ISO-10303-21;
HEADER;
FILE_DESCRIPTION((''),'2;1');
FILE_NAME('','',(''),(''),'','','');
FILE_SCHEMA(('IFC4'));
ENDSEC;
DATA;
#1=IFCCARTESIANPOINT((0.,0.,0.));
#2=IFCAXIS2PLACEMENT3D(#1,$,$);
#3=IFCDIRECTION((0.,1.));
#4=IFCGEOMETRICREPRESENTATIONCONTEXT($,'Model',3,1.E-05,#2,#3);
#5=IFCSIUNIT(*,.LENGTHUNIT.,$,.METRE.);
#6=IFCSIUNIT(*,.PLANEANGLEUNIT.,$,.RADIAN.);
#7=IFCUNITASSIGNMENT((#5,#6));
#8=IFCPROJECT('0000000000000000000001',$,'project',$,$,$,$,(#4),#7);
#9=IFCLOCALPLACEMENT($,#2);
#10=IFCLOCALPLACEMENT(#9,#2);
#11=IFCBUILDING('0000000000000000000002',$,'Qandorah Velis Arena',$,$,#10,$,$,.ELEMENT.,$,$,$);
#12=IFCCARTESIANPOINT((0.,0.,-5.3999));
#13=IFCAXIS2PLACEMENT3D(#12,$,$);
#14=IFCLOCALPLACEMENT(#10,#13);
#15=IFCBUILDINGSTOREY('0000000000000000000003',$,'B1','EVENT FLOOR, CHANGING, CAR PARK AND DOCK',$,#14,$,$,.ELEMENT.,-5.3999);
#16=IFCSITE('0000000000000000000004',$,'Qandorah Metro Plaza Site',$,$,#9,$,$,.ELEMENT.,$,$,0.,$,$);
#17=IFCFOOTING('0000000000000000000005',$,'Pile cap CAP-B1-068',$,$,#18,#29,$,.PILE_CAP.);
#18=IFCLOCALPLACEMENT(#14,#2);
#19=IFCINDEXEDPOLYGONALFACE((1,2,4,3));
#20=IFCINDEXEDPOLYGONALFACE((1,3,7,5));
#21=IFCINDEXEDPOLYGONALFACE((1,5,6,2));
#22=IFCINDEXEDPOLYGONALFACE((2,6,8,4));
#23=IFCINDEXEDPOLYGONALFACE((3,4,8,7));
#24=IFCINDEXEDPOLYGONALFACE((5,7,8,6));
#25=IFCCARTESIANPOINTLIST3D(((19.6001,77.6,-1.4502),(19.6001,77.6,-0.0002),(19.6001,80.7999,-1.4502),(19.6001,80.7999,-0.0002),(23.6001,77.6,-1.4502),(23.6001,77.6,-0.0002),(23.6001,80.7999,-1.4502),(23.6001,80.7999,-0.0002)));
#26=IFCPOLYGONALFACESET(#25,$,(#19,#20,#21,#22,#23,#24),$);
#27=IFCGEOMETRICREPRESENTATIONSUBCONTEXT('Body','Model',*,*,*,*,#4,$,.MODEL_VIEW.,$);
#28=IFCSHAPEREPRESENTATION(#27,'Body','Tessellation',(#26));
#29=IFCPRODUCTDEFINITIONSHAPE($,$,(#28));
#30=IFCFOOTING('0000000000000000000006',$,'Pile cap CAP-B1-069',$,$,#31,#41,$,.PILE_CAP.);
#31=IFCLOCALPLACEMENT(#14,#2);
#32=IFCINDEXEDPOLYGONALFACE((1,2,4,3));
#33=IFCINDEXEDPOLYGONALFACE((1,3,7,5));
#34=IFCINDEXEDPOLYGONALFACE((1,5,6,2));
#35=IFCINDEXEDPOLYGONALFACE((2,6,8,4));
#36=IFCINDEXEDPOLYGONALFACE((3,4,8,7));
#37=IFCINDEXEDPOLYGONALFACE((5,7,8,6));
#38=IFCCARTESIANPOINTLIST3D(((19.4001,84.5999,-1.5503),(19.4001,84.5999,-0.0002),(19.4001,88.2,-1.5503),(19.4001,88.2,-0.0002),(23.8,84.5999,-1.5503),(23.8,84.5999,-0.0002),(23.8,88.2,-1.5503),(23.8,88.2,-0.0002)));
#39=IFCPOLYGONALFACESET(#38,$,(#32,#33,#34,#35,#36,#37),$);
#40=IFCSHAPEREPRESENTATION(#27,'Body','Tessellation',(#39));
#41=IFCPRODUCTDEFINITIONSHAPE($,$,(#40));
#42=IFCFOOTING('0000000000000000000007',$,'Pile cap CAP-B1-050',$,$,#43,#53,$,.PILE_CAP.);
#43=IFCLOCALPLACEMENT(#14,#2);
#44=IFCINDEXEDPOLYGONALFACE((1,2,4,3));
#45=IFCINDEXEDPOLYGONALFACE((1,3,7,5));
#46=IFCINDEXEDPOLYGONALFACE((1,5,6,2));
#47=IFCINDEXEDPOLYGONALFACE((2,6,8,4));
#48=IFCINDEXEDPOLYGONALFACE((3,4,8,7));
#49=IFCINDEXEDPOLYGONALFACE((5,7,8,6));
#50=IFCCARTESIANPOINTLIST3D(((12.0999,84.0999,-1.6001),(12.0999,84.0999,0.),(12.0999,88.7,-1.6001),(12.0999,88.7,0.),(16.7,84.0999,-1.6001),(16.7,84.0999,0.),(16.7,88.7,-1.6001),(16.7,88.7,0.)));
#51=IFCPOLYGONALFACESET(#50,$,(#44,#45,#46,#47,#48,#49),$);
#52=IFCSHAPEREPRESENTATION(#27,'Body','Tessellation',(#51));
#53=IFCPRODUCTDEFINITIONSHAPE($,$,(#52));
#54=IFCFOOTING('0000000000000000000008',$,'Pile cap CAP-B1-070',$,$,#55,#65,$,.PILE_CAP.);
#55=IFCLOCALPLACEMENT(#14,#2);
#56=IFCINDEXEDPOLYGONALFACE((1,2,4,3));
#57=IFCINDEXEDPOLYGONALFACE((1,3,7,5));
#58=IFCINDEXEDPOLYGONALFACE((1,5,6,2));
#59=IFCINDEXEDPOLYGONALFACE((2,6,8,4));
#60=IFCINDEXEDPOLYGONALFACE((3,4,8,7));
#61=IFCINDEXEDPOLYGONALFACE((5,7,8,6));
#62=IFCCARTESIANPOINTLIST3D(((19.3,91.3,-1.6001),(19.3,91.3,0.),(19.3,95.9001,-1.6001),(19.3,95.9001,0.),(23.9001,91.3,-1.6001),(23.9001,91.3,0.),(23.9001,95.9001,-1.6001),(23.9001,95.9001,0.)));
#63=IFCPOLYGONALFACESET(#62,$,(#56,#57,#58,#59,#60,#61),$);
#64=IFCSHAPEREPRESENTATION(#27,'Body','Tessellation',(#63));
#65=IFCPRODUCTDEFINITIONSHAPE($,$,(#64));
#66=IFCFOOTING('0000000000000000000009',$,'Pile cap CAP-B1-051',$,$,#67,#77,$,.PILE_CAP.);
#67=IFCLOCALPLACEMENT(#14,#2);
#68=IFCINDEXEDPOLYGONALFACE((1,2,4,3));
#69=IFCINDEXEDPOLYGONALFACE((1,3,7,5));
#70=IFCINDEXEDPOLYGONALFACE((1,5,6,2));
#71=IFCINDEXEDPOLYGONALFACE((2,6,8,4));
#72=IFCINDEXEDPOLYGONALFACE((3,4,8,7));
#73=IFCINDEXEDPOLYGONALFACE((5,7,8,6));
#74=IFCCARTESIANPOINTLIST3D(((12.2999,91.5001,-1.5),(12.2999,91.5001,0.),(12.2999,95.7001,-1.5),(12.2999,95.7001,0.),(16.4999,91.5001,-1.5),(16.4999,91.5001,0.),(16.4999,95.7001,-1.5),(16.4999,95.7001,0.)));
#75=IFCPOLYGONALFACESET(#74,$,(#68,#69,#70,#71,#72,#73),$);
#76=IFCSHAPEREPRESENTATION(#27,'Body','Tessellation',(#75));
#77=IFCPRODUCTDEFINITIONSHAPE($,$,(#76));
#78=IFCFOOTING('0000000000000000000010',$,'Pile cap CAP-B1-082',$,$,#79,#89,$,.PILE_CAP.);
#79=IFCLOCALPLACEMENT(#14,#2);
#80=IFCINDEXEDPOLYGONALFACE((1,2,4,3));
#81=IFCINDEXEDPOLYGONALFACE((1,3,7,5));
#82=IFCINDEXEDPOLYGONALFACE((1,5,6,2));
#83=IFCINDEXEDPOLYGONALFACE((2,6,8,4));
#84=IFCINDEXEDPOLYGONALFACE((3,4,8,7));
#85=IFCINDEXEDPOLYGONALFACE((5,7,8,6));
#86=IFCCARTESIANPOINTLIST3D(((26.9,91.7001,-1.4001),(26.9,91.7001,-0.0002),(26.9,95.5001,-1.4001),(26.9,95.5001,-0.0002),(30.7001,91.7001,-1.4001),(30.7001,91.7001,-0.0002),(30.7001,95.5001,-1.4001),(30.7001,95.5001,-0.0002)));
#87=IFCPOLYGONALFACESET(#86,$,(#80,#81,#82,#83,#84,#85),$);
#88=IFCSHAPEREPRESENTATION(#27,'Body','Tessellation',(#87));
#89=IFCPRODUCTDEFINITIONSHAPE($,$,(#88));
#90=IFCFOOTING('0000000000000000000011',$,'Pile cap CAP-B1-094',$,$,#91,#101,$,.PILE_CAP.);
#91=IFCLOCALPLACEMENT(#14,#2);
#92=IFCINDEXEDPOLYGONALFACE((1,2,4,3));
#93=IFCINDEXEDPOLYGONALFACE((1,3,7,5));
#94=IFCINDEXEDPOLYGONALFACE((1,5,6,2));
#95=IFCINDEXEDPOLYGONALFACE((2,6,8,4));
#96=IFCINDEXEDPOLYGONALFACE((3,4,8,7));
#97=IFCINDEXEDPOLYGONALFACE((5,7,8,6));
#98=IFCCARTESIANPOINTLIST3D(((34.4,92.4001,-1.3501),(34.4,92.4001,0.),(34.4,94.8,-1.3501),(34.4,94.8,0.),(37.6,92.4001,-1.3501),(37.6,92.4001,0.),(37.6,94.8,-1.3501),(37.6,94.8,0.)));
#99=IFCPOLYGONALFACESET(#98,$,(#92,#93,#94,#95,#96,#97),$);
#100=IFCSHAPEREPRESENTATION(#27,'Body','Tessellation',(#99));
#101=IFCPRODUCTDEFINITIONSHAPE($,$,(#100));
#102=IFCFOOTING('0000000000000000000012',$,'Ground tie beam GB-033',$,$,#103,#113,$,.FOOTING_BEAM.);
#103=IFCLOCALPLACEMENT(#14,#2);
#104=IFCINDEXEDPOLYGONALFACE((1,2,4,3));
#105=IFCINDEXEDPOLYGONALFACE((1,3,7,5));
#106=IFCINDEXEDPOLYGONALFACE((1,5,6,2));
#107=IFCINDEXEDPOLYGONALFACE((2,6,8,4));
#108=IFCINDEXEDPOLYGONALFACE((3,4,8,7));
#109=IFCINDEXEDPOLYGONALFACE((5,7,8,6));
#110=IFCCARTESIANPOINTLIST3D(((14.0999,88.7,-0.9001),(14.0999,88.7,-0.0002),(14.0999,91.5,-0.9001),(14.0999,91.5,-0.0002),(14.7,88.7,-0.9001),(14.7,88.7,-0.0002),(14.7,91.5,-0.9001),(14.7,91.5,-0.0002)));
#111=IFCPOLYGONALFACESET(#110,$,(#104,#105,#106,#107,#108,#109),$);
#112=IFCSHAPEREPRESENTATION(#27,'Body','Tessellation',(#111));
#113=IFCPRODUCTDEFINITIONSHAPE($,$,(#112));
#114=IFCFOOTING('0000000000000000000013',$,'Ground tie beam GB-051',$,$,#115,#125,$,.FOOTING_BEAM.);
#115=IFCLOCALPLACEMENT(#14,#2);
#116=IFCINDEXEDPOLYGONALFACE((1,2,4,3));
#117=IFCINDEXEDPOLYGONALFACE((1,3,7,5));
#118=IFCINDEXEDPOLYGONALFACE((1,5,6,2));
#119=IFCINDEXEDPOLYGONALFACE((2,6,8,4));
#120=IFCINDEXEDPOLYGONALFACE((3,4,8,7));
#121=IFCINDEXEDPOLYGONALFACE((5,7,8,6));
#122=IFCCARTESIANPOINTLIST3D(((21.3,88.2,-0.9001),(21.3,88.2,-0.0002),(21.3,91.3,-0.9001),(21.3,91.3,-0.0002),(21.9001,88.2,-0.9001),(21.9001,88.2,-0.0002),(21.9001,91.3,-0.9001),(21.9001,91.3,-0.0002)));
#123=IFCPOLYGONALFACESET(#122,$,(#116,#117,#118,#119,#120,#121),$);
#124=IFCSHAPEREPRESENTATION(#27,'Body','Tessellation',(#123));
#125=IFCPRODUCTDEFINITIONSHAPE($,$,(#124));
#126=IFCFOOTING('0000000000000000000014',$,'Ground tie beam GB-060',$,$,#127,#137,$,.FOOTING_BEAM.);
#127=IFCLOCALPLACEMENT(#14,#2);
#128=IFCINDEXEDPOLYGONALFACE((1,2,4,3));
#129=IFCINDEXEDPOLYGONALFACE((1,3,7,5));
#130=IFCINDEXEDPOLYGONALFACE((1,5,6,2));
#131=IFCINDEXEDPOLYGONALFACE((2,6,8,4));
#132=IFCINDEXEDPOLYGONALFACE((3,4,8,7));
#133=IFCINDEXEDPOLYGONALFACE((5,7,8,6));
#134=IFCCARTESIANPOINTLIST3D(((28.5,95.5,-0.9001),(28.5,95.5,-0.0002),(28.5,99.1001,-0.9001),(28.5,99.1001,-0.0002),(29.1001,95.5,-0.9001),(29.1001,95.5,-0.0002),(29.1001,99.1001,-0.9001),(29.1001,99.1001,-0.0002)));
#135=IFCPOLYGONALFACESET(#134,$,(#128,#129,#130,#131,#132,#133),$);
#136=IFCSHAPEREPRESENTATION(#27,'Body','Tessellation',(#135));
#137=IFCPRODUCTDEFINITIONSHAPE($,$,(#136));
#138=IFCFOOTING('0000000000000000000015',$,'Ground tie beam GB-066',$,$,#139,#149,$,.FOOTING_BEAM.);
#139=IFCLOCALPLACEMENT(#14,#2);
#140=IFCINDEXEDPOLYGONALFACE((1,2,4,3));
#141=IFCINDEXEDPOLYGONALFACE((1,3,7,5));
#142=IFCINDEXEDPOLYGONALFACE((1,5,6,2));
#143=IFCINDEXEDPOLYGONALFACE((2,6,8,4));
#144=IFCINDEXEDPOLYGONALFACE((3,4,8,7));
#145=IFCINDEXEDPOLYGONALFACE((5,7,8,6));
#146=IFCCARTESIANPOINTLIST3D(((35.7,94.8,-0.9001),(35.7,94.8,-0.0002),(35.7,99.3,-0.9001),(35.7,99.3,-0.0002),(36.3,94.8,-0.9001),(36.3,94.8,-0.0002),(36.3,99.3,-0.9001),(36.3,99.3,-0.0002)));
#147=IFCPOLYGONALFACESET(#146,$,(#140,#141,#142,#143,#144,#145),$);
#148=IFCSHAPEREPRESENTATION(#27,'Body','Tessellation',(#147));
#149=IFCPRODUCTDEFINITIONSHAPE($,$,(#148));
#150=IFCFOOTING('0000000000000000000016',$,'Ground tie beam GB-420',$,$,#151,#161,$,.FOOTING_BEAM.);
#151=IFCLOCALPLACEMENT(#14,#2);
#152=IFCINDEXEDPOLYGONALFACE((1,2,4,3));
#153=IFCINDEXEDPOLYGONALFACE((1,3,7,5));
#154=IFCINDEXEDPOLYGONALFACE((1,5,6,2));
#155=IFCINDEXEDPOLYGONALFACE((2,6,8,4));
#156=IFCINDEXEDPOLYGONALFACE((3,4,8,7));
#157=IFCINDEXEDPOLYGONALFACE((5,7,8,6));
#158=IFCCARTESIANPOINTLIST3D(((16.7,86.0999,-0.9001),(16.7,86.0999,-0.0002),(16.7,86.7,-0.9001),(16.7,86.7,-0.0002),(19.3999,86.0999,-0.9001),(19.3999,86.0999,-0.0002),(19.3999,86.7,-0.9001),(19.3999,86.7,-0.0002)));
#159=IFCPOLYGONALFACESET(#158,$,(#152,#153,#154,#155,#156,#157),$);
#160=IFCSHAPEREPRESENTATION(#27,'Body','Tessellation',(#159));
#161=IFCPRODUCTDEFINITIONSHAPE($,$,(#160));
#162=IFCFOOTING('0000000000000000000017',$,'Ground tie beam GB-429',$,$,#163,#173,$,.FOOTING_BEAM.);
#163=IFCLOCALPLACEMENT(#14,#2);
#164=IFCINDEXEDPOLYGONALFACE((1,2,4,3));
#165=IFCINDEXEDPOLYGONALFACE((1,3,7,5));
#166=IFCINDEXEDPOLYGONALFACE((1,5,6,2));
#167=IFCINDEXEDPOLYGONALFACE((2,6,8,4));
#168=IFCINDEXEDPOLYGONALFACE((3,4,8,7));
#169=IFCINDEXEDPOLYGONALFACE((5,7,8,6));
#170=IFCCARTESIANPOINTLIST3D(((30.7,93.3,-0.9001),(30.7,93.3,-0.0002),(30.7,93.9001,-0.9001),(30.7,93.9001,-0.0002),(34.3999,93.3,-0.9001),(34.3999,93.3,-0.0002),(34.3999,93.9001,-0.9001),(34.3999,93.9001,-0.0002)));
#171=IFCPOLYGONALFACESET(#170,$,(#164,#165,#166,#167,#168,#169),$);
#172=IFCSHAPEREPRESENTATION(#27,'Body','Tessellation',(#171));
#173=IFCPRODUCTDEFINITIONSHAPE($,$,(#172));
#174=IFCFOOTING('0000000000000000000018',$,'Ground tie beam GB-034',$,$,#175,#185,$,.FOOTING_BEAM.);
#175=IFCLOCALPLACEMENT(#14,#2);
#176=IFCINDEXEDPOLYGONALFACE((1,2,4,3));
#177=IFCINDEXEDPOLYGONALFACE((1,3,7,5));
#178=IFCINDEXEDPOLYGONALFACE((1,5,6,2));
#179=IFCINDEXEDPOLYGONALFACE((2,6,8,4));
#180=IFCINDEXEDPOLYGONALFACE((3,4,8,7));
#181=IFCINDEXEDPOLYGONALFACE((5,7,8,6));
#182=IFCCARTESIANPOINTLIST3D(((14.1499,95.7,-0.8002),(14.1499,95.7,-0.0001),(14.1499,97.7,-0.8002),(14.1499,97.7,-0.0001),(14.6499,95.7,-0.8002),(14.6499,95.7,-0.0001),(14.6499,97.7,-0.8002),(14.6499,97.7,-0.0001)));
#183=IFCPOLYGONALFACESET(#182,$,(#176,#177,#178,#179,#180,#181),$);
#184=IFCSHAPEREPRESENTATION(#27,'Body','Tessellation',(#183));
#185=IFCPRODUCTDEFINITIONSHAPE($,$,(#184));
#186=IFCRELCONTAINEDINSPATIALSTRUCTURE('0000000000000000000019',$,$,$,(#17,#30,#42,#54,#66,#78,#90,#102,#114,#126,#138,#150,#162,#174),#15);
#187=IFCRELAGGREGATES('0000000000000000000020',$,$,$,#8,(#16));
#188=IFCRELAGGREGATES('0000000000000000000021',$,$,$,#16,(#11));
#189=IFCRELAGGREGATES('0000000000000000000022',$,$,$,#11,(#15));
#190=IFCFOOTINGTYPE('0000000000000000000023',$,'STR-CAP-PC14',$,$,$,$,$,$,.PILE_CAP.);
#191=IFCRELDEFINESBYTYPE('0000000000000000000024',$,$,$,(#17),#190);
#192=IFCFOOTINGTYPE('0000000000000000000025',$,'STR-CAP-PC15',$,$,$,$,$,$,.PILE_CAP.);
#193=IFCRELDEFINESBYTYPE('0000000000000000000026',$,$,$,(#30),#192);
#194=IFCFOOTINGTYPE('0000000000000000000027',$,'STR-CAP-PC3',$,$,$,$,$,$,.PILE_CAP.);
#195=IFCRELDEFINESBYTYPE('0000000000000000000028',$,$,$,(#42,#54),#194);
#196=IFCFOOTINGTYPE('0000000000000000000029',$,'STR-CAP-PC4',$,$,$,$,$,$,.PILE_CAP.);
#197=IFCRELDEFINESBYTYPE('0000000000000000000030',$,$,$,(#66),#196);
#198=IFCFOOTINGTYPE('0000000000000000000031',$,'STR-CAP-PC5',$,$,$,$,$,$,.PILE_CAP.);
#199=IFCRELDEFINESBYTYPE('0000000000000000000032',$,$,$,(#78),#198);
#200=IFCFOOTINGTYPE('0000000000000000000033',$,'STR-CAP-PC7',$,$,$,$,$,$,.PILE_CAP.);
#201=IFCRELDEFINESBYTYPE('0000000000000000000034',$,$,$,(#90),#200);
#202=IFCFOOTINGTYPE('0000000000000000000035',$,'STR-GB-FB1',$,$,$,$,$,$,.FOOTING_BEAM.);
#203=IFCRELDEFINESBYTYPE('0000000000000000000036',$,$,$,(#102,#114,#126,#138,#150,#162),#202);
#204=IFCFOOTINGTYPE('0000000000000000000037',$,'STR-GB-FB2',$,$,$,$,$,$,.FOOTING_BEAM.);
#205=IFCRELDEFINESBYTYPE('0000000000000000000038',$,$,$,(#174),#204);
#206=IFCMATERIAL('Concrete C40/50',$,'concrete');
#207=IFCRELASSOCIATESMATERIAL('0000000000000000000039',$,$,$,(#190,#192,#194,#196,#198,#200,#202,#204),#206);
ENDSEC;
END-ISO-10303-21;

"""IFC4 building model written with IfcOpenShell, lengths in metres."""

from ifc_helpers import new_model, si_unit, direction, frame, origin, origin_2d, place, context, subcontext, project, spatial, rectangle, extrude, material, material_profile, profile_set, type_object, element, save


model = new_model("IFC4")

# Units and contexts
model_context = context("Model", 3, precision=1e-05, world=origin(), true_north=direction((0.0, 1.0)))
body_context = subcontext(model_context, "Body", "Model", "MODEL_VIEW")
ifc_project = project(units=[si_unit("LENGTHUNIT", "METRE"), si_unit("PLANEANGLEUNIT", "RADIAN")], contexts=[model_context])

# Site, building, storey
site_placement = place(None, origin())
site = spatial("IfcSite", under=ifc_project, at=site_placement, Name="Qandorah Metro Plaza Site", CompositionType="ELEMENT", RefElevation=0.0)
building_placement = place(site_placement, origin())
building = spatial("IfcBuilding", under=site, at=building_placement, Name="Qandorah Velis Arena", CompositionType="ELEMENT")
storey_placement = place(building_placement, frame((0.0, 0.0, -5.3999)))
storey = spatial("IfcBuildingStorey", under=building, at=storey_placement, Name="B1", Description="EVENT FLOOR, CHANGING, CAR PARK AND DOCK", CompositionType="ELEMENT", Elevation=-5.3999)

# Footings
ifc_material = material(Name="Concrete C40/50", Category="concrete")
footing_type_1 = type_object("IfcFootingType", Name="STR-CAP-PC14", PredefinedType="PILE_CAP", material=ifc_material)
footing_1_placement = place(storey_placement, frame((21.6001, 79.2, -1.4502), z_axis=(0.0, 0.0, 1.0), x_axis=(1.0, 0.0, 0.0)))
element("IfcFooting", 1, at=footing_1_placement, inside=storey, type_object=footing_type_1, Name="Pile cap CAP-B1-068", PredefinedType="PILE_CAP", context=body_context, shape_type="SweptSolid", body=[
    extrude(rectangle(XDim=4.0, YDim=3.2, at=origin_2d()), origin(), (0.0, 0.0, 1.0), 1.45),
])
footing_type_2 = type_object("IfcFootingType", Name="STR-CAP-PC15", PredefinedType="PILE_CAP", material=ifc_material)
footing_2_placement = place(storey_placement, frame((21.6001, 86.3999, -1.5503), z_axis=(0.0, 0.0, 1.0), x_axis=(1.0, 0.0, 0.0)))
element("IfcFooting", 2, at=footing_2_placement, inside=storey, type_object=footing_type_2, Name="Pile cap CAP-B1-069", PredefinedType="PILE_CAP", context=body_context, shape_type="SweptSolid", body=[
    extrude(rectangle(XDim=4.3999, YDim=3.6001, at=origin_2d()), origin(), (0.0, 0.0, 1.0), 1.55),
])
footing_type_3 = type_object("IfcFootingType", Name="STR-CAP-PC3", PredefinedType="PILE_CAP", material=ifc_material)
for number, where, z_axis, x_axis, name in (
    (3, (14.3999, 86.3999, -1.6001), (0.0, 0.0, 1.0), (1.0, 0.0, 0.0), "Pile cap CAP-B1-050"),
    (4, (21.6001, 93.6001, -1.6001), (0.0, 0.0, 1.0), (1.0, 0.0, 0.0), "Pile cap CAP-B1-070"),
):
    element("IfcFooting", number, at=place(storey_placement, frame(where, z_axis=z_axis, x_axis=x_axis)), inside=storey, type_object=footing_type_3, Name=name, PredefinedType="PILE_CAP", context=body_context, shape_type="SweptSolid", body=[
        extrude(rectangle(XDim=4.6001, YDim=4.6001, at=origin_2d()), origin(), (0.0, 0.0, 1.0), 1.6001),
    ])
footing_type_4 = type_object("IfcFootingType", Name="STR-CAP-PC4", PredefinedType="PILE_CAP", material=ifc_material)
footing_3_placement = place(storey_placement, frame((14.3999, 93.6001, -1.5), z_axis=(0.0, 0.0, 1.0), x_axis=(1.0, 0.0, 0.0)))
element("IfcFooting", 5, at=footing_3_placement, inside=storey, type_object=footing_type_4, Name="Pile cap CAP-B1-051", PredefinedType="PILE_CAP", context=body_context, shape_type="SweptSolid", body=[
    extrude(rectangle(XDim=4.2, YDim=4.2, at=origin_2d()), origin(), (0.0, 0.0, 1.0), 1.5),
])
footing_type_5 = type_object("IfcFootingType", Name="STR-CAP-PC5", PredefinedType="PILE_CAP", material=ifc_material)
footing_4_placement = place(storey_placement, frame((28.8, 93.6001, -1.4001), z_axis=(0.0, 0.0, 1.0), x_axis=(1.0, 0.0, 0.0)))
element("IfcFooting", 6, at=footing_4_placement, inside=storey, type_object=footing_type_5, Name="Pile cap CAP-B1-082", PredefinedType="PILE_CAP", context=body_context, shape_type="SweptSolid", body=[
    extrude(rectangle(XDim=3.8, YDim=3.8, at=origin_2d()), origin(), (0.0, 0.0, 1.0), 1.3999),
])
footing_type_6 = type_object("IfcFootingType", Name="STR-CAP-PC7", PredefinedType="PILE_CAP", material=ifc_material)
footing_5_placement = place(storey_placement, frame((36.0, 93.6001, -1.3501), z_axis=(0.0, 0.0, 1.0), x_axis=(1.0, 0.0, 0.0)))
element("IfcFooting", 7, at=footing_5_placement, inside=storey, type_object=footing_type_6, Name="Pile cap CAP-B1-094", PredefinedType="PILE_CAP", context=body_context, shape_type="SweptSolid", body=[
    extrude(rectangle(XDim=3.2, YDim=2.3999, at=origin_2d()), origin(), (0.0, 0.0, 1.0), 1.3501),
])
ifc_material_profile_1 = material_profile(ifc_material, rectangle(XDim=0.6001, YDim=0.8999, at=origin_2d()), Name="GB1 600x900")
ifc_profile_set_1 = profile_set([ifc_material_profile_1], Name="Concrete C40/50")
footing_type_7 = type_object("IfcFootingType", Name="STR-GB-FB1", PredefinedType="FOOTING_BEAM", material=ifc_profile_set_1)
footing_6_placement = place(storey_placement, frame((14.3999, 88.7, -0.4502), z_axis=(0.0, 1.0, 0.0), x_axis=(-1.0, 0.0, 0.0)))
element("IfcFooting", 8, at=footing_6_placement, inside=storey, type_object=footing_type_7, Name="Ground tie beam GB-033", PredefinedType="FOOTING_BEAM", context=body_context, shape_type="SweptSolid", body=[
    extrude(rectangle(XDim=0.6001, YDim=0.8999, at=origin_2d()), origin(), (0.0, 0.0, 1.0), 2.8),
])
footing_7_placement = place(storey_placement, frame((21.6001, 88.2, -0.4502), z_axis=(0.0, 1.0, 0.0), x_axis=(-1.0, 0.0, 0.0)))
element("IfcFooting", 9, at=footing_7_placement, inside=storey, type_object=footing_type_7, Name="Ground tie beam GB-051", PredefinedType="FOOTING_BEAM", context=body_context, shape_type="SweptSolid", body=[
    extrude(rectangle(XDim=0.6001, YDim=0.8999, at=origin_2d()), origin(), (0.0, 0.0, 1.0), 3.1001),
])
footing_8_placement = place(storey_placement, frame((28.8, 95.5, -0.4502), z_axis=(0.0, 1.0, 0.0), x_axis=(-1.0, 0.0, 0.0)))
element("IfcFooting", 10, at=footing_8_placement, inside=storey, type_object=footing_type_7, Name="Ground tie beam GB-060", PredefinedType="FOOTING_BEAM", context=body_context, shape_type="SweptSolid", body=[
    extrude(rectangle(XDim=0.6001, YDim=0.8999, at=origin_2d()), origin(), (0.0, 0.0, 1.0), 3.6001),
])
footing_9_placement = place(storey_placement, frame((36.0, 94.8, -0.4502), z_axis=(0.0, 1.0, 0.0), x_axis=(-1.0, 0.0, 0.0)))
element("IfcFooting", 11, at=footing_9_placement, inside=storey, type_object=footing_type_7, Name="Ground tie beam GB-066", PredefinedType="FOOTING_BEAM", context=body_context, shape_type="SweptSolid", body=[
    extrude(rectangle(XDim=0.6001, YDim=0.8999, at=origin_2d()), origin(), (0.0, 0.0, 1.0), 4.5),
])
footing_10_placement = place(storey_placement, frame((16.7, 86.3999, -0.4502), z_axis=(1.0, 0.0, 0.0), x_axis=(0.0, 1.0, 0.0)))
element("IfcFooting", 12, at=footing_10_placement, inside=storey, type_object=footing_type_7, Name="Ground tie beam GB-420", PredefinedType="FOOTING_BEAM", context=body_context, shape_type="SweptSolid", body=[
    extrude(rectangle(XDim=0.6001, YDim=0.8999, at=origin_2d()), origin(), (0.0, 0.0, 1.0), 2.7),
])
footing_11_placement = place(storey_placement, frame((30.7, 93.6001, -0.4502), z_axis=(1.0, 0.0, 0.0), x_axis=(0.0, 1.0, 0.0)))
element("IfcFooting", 13, at=footing_11_placement, inside=storey, type_object=footing_type_7, Name="Ground tie beam GB-429", PredefinedType="FOOTING_BEAM", context=body_context, shape_type="SweptSolid", body=[
    extrude(rectangle(XDim=0.6001, YDim=0.8999, at=origin_2d()), origin(), (0.0, 0.0, 1.0), 3.7),
])
ifc_material_profile_2 = material_profile(ifc_material, rectangle(XDim=0.5, YDim=0.8, at=origin_2d()), Name="GB2 500x800")
ifc_profile_set_2 = profile_set([ifc_material_profile_2], Name="Concrete C40/50")
footing_type_8 = type_object("IfcFootingType", Name="STR-GB-FB2", PredefinedType="FOOTING_BEAM", material=ifc_profile_set_2)
footing_12_placement = place(storey_placement, frame((14.3999, 95.7, -0.4001), z_axis=(0.0, 1.0, 0.0), x_axis=(-1.0, 0.0, 0.0)))
element("IfcFooting", 14, at=footing_12_placement, inside=storey, type_object=footing_type_8, Name="Ground tie beam GB-034", PredefinedType="FOOTING_BEAM", context=body_context, shape_type="SweptSolid", body=[
    extrude(rectangle(XDim=0.5, YDim=0.8, at=origin_2d()), origin(), (0.0, 0.0, 1.0), 2.0),
])

save(model, "model.ifc")
